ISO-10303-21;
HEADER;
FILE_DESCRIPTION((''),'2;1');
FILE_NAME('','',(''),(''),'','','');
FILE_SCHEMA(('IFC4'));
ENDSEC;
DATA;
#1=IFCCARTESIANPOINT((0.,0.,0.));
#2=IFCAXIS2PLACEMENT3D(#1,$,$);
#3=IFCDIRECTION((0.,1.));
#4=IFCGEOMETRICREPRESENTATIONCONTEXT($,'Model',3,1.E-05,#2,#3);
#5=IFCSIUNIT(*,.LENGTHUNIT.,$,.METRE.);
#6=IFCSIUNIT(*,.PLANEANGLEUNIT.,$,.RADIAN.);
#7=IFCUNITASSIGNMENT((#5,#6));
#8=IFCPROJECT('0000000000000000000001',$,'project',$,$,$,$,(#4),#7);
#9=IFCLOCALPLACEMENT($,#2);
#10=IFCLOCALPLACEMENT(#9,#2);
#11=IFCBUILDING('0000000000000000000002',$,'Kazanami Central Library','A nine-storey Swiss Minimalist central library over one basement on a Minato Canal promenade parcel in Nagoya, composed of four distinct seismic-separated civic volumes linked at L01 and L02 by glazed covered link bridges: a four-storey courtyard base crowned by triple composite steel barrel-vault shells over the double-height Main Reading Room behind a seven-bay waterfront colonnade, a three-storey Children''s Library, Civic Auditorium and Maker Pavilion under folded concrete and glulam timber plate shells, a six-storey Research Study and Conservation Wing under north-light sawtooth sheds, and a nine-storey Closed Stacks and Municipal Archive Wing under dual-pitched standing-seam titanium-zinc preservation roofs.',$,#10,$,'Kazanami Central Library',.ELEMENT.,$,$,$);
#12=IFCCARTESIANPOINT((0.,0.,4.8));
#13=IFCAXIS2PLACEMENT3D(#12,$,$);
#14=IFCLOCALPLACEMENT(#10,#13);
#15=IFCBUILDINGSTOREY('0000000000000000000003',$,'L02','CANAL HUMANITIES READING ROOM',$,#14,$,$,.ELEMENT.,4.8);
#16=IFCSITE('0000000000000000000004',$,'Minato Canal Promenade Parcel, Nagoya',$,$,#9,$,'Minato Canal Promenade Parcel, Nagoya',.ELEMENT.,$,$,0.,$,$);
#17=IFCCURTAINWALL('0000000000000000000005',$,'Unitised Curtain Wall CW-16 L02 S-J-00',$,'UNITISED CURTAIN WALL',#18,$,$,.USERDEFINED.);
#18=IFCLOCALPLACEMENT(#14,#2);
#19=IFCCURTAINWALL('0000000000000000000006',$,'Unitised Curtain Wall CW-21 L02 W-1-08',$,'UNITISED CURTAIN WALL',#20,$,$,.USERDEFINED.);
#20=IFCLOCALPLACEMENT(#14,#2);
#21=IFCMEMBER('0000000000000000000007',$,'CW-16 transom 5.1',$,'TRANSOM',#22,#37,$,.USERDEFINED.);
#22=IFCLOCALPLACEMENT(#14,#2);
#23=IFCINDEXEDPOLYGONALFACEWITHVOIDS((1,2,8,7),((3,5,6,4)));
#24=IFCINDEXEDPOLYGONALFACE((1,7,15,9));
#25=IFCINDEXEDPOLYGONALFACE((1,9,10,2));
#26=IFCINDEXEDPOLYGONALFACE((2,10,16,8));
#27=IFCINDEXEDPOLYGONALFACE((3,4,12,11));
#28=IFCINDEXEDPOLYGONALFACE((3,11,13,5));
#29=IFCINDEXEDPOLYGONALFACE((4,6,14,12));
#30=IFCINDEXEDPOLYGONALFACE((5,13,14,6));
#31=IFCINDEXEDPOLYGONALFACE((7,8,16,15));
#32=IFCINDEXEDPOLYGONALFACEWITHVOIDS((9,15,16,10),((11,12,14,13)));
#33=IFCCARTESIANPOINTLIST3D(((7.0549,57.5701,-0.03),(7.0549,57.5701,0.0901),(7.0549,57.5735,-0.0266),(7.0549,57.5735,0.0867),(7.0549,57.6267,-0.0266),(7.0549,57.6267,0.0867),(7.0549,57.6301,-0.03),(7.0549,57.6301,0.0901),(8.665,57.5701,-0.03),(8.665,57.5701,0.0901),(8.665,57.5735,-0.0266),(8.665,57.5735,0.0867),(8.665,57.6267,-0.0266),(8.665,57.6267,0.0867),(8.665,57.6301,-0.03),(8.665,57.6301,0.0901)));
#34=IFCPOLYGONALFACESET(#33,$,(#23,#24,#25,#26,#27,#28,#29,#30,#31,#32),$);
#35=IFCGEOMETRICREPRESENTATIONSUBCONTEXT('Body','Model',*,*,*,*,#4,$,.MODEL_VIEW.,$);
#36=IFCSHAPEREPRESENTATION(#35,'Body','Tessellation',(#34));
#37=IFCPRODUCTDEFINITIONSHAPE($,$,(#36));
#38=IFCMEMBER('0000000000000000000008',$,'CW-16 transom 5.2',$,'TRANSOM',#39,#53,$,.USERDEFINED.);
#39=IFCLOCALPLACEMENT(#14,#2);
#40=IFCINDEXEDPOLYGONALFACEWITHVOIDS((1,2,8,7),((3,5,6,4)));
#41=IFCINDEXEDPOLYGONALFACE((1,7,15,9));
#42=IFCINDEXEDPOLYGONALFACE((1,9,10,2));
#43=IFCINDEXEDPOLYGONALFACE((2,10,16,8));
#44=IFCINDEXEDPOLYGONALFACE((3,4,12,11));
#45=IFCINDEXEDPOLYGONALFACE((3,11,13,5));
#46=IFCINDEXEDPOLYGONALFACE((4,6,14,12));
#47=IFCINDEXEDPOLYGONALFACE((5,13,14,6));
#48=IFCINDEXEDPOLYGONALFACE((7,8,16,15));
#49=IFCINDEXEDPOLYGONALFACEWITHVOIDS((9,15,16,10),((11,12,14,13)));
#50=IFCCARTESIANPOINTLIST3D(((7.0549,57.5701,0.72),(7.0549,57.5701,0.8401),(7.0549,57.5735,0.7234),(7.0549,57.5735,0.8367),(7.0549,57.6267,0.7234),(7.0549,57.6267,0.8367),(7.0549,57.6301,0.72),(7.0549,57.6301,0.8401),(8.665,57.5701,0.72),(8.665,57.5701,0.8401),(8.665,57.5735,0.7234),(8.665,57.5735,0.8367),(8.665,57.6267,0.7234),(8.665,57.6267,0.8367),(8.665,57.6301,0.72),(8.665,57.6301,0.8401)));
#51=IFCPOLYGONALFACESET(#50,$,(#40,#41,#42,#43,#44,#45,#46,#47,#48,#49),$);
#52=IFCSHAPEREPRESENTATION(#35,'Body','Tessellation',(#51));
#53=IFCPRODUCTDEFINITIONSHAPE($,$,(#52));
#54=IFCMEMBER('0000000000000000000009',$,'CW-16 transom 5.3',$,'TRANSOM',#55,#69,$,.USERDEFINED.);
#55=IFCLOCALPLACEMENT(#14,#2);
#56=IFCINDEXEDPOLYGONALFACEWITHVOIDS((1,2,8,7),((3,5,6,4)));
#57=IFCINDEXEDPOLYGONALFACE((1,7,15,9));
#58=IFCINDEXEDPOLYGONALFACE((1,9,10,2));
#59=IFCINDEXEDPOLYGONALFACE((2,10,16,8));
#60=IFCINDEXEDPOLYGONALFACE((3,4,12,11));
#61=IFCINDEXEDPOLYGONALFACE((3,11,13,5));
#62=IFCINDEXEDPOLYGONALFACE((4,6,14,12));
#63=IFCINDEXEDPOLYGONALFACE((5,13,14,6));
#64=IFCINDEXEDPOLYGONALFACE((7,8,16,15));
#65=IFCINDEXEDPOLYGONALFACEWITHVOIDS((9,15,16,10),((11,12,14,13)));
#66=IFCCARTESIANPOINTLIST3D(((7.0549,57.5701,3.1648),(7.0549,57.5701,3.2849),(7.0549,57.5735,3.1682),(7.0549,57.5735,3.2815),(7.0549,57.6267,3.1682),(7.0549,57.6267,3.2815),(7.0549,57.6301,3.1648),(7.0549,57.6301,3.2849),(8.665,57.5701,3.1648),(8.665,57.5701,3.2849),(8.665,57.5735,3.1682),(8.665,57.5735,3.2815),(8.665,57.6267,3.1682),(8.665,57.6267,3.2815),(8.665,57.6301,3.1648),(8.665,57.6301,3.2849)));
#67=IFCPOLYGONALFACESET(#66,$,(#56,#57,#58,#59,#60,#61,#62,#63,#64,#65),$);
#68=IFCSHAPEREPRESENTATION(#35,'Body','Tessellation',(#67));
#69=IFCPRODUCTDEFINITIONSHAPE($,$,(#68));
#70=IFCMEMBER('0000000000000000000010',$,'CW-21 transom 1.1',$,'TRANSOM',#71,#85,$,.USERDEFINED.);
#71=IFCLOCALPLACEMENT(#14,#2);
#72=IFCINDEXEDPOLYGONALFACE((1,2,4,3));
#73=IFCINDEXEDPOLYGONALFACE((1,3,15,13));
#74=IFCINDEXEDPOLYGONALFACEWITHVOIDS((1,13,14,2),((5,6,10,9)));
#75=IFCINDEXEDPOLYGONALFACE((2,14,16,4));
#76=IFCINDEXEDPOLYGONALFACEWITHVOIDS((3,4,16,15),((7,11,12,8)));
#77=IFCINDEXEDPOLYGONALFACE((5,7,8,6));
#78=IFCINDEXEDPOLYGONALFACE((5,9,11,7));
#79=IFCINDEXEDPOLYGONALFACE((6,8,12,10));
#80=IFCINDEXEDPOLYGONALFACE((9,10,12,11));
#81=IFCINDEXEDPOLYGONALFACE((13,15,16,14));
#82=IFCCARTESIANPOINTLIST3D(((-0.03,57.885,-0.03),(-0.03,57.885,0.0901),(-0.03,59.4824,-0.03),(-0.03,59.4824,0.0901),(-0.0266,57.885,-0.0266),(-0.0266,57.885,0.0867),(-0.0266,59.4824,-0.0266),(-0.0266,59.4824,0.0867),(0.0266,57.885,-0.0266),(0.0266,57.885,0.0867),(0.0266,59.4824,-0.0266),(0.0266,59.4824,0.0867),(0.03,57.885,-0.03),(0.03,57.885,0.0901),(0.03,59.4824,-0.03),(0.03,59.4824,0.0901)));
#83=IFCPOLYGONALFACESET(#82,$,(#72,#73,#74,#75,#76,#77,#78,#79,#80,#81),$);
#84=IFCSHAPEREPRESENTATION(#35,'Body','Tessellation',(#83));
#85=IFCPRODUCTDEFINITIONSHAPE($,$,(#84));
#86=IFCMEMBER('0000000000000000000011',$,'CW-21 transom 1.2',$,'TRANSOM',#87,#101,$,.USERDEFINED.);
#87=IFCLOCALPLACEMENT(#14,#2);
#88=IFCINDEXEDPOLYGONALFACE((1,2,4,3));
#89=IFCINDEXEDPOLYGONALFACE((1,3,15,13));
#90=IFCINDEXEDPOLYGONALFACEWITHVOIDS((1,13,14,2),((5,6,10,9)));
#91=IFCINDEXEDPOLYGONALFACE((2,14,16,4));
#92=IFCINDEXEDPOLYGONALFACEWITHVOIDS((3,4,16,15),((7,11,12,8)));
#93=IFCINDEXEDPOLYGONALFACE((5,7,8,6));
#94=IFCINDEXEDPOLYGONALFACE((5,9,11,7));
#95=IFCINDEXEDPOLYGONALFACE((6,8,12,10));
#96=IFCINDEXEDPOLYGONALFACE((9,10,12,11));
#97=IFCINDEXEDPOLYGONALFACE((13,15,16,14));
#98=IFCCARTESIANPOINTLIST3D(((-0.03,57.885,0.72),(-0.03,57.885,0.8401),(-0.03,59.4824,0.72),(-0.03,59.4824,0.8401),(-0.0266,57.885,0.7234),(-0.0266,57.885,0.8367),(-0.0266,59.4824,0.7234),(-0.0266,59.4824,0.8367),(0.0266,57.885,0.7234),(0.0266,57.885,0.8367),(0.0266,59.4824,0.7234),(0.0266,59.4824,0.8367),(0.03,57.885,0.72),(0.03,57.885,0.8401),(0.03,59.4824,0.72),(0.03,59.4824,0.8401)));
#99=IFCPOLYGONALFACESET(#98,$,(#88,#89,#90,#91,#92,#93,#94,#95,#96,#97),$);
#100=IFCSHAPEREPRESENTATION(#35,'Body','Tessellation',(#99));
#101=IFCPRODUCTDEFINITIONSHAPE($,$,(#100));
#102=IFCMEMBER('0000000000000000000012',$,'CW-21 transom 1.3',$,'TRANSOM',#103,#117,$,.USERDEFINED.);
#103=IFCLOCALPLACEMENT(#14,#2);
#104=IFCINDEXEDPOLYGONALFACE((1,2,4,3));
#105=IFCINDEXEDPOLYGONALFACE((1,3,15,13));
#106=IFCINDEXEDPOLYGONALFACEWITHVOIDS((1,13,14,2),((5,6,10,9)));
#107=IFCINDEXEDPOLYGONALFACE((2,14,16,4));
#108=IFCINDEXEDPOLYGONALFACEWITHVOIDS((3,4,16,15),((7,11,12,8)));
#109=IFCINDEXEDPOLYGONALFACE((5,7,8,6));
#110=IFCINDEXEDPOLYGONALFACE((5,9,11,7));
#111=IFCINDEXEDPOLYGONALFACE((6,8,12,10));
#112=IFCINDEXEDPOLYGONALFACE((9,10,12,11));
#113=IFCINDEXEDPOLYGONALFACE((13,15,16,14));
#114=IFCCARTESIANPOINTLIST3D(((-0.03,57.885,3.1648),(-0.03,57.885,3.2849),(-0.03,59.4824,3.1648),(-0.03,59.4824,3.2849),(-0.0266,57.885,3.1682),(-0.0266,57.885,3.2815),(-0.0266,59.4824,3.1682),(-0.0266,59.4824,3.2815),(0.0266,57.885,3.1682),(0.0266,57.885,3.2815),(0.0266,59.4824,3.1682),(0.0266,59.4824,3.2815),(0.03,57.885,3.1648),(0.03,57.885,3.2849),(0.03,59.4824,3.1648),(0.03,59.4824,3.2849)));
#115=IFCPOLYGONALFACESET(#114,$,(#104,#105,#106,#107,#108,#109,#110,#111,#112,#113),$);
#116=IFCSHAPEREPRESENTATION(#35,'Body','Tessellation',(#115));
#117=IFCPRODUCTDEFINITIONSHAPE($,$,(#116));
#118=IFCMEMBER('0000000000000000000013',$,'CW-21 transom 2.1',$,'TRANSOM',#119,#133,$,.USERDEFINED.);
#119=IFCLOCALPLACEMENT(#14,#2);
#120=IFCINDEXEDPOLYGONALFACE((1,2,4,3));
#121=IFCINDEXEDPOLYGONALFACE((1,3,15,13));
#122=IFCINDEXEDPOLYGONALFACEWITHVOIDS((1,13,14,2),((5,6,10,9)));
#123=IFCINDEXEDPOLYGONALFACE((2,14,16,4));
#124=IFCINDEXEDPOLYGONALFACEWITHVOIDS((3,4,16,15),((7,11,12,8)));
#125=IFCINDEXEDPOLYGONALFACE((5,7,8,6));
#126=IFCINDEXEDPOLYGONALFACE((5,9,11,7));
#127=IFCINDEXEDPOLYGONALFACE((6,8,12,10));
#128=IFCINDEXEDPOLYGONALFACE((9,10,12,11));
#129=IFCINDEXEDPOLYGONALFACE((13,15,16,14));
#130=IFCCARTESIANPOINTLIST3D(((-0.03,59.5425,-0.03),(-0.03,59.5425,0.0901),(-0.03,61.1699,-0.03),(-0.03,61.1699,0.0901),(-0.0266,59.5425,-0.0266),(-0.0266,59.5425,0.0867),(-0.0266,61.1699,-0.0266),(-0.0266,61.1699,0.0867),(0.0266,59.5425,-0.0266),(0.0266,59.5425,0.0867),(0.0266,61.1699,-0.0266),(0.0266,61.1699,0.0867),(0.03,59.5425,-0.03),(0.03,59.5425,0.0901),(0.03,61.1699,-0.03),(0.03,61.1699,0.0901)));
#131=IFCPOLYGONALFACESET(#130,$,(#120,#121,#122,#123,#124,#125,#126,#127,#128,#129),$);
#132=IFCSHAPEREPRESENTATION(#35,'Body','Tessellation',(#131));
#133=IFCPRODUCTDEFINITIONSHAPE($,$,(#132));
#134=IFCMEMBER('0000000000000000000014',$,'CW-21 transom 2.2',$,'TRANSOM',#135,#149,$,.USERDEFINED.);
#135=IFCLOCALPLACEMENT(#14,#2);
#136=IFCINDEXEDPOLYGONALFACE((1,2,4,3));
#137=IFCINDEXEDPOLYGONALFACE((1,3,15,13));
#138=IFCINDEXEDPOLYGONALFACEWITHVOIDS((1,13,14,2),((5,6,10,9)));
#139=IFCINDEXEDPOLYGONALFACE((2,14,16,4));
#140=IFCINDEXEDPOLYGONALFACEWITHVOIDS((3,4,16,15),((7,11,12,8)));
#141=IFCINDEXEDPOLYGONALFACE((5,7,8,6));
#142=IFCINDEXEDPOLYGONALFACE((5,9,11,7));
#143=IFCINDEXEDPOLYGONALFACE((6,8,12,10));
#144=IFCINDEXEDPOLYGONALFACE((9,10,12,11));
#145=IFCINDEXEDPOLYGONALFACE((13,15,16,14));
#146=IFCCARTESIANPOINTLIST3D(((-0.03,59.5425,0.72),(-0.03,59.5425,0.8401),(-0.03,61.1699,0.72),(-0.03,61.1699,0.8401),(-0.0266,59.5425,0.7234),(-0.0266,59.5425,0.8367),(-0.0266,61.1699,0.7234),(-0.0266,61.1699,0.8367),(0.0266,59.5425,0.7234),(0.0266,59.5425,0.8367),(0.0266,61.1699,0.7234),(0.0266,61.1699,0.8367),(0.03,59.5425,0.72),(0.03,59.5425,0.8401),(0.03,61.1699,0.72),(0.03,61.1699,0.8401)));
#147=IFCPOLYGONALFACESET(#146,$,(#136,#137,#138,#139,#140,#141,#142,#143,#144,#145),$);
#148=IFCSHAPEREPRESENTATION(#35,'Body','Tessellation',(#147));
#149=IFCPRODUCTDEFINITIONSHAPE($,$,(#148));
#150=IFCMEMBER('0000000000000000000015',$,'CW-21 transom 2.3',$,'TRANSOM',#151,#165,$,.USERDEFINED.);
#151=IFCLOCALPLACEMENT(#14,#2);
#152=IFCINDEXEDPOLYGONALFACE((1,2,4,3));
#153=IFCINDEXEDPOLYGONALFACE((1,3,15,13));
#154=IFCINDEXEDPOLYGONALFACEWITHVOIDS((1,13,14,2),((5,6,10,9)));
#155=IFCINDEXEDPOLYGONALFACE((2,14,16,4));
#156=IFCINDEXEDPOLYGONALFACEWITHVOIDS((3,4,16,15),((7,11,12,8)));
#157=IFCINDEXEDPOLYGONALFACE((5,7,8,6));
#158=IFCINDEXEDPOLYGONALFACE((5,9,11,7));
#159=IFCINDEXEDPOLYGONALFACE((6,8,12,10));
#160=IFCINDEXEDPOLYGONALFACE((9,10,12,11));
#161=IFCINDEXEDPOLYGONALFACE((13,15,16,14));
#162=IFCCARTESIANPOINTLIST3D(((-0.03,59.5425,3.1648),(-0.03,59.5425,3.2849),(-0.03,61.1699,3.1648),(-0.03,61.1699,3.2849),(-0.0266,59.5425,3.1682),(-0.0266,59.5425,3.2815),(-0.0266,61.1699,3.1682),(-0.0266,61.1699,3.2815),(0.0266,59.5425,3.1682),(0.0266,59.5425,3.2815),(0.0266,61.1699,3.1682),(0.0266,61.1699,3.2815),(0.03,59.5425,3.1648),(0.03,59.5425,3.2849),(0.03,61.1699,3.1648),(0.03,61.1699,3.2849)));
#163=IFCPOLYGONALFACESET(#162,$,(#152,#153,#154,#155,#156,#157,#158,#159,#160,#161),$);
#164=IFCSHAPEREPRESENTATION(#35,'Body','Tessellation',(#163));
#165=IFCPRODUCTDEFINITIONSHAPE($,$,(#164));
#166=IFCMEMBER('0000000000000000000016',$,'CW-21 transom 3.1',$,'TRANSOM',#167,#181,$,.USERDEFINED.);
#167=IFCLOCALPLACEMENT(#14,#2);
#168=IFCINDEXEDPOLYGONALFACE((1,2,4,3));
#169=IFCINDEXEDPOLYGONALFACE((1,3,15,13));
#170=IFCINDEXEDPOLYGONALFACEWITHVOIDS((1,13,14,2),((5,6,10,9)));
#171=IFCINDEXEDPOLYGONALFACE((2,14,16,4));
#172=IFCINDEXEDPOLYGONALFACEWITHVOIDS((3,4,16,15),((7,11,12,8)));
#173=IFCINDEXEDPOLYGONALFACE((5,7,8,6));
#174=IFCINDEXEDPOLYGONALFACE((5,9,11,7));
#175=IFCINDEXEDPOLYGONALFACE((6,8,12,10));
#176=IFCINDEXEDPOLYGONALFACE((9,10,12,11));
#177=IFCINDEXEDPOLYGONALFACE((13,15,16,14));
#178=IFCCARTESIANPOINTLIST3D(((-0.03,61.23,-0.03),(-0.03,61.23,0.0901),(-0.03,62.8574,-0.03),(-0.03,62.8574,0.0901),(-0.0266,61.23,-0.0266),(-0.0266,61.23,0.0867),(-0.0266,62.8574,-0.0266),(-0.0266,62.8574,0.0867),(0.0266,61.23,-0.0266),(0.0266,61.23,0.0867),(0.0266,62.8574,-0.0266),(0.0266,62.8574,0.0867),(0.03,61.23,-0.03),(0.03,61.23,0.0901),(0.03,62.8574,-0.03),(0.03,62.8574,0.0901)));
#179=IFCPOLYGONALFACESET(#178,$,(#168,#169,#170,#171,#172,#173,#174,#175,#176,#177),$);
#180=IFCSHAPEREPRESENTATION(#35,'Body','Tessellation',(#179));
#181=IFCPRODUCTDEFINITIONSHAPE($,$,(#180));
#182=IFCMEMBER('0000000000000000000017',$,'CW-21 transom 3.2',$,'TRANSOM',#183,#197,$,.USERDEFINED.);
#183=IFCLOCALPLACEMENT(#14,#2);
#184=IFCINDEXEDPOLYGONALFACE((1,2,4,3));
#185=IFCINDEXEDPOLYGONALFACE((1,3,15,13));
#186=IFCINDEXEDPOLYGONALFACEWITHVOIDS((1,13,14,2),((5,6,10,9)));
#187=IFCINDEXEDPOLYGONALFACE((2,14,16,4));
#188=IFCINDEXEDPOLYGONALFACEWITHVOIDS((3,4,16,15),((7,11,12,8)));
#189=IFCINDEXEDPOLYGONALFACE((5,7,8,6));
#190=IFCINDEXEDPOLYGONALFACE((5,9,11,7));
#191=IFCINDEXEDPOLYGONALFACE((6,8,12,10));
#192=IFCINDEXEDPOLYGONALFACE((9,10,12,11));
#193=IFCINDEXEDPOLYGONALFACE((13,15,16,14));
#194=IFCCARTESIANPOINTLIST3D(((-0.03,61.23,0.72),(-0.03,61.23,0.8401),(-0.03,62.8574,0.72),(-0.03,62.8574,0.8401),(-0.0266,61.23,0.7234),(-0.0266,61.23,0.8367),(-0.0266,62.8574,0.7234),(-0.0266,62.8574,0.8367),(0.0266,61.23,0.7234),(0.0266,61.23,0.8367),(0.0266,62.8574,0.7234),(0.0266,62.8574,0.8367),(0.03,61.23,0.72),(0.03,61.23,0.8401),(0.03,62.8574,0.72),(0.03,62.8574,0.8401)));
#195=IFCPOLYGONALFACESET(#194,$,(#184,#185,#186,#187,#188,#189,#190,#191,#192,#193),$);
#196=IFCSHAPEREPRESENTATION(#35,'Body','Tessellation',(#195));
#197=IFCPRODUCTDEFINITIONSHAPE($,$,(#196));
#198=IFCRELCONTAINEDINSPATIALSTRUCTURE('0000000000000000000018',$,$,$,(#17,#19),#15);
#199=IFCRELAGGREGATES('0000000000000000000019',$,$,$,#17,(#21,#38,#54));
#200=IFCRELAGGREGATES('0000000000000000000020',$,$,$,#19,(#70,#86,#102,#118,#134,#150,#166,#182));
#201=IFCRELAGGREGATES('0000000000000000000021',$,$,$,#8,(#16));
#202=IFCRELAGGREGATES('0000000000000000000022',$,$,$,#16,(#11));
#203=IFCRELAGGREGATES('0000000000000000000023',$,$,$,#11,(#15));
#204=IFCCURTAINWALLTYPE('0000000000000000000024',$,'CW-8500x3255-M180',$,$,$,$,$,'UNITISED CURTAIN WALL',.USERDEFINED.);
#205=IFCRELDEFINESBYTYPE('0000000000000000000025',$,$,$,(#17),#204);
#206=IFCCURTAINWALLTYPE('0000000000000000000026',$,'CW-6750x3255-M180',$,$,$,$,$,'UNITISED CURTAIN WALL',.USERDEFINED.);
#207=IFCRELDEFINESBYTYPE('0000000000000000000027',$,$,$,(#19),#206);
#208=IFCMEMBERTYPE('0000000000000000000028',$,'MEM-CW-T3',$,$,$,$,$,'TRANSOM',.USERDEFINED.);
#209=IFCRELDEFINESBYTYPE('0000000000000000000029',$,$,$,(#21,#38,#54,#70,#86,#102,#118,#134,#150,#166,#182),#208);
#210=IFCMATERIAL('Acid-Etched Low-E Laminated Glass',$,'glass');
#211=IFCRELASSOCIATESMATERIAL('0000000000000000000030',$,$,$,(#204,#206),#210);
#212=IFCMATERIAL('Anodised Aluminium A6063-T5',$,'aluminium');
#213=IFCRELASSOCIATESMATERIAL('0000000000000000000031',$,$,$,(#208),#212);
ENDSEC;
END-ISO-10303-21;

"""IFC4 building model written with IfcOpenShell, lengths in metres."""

from ifc_helpers import new_model, si_unit, direction, frame, origin, origin_2d, place, context, subcontext, project, spatial, hollow_rectangle, extrude, material, material_profile, profile_set, type_object, element, aggregate, save


model = new_model("IFC4")

# Units and contexts
model_context = context("Model", 3, precision=1e-05, world=origin(), true_north=direction((0.0, 1.0)))
body_context = subcontext(model_context, "Body", "Model", "MODEL_VIEW")
ifc_project = project(units=[si_unit("LENGTHUNIT", "METRE"), si_unit("PLANEANGLEUNIT", "RADIAN")], contexts=[model_context])

# Site, building, storey
site_placement = place(None, origin())
site = spatial("IfcSite", under=ifc_project, at=site_placement, Name="Minato Canal Promenade Parcel, Nagoya", LongName="Minato Canal Promenade Parcel, Nagoya", CompositionType="ELEMENT", RefElevation=0.0)
building_placement = place(site_placement, origin())
building = spatial("IfcBuilding", under=site, at=building_placement, Name="Kazanami Central Library", Description="A nine-storey Swiss Minimalist central library over one basement on a Minato Canal promenade parcel in Nagoya, composed of four distinct seismic-separated civic volumes linked at L01 and L02 by glazed covered link bridges: a four-storey courtyard base crowned by triple composite steel barrel-vault shells over the double-height Main Reading Room behind a seven-bay waterfront colonnade, a three-storey Children's Library, Civic Auditorium and Maker Pavilion under folded concrete and glulam timber plate shells, a six-storey Research Study and Conservation Wing under north-light sawtooth sheds, and a nine-storey Closed Stacks and Municipal Archive Wing under dual-pitched standing-seam titanium-zinc preservation roofs.", LongName="Kazanami Central Library", CompositionType="ELEMENT")
storey_placement = place(building_placement, frame((0.0, 0.0, 4.8)))
storey = spatial("IfcBuildingStorey", under=building, at=storey_placement, Name="L02", Description="CANAL HUMANITIES READING ROOM", CompositionType="ELEMENT", Elevation=4.8)

# Curtain walls
ifc_material_1 = material(Name="Acid-Etched Low-E Laminated Glass", Category="glass")
curtain_wall_type_1 = type_object("IfcCurtainWallType", Name="CW-8500x3255-M180", ElementType="UNITISED CURTAIN WALL", PredefinedType="USERDEFINED", material=ifc_material_1)
curtain_wall_1_placement = place(storey_placement, origin())
curtain_wall_1 = element("IfcCurtainWall", 1, at=curtain_wall_1_placement, inside=storey, type_object=curtain_wall_type_1, Name="Unitised Curtain Wall CW-16 L02 S-J-00", ObjectType="UNITISED CURTAIN WALL", PredefinedType="USERDEFINED")
ifc_material_2 = material(Name="Anodised Aluminium A6063-T5", Category="aluminium")
curtain_wall_type_2 = type_object("IfcCurtainWallType", Name="CW-6750x3255-M180", ElementType="UNITISED CURTAIN WALL", PredefinedType="USERDEFINED", material=ifc_material_1)
curtain_wall_2_placement = place(storey_placement, origin())
curtain_wall_2 = element("IfcCurtainWall", 2, at=curtain_wall_2_placement, inside=storey, type_object=curtain_wall_type_2, Name="Unitised Curtain Wall CW-21 L02 W-1-08", ObjectType="UNITISED CURTAIN WALL", PredefinedType="USERDEFINED")

# Members
ifc_material_profile_1 = material_profile(ifc_material_2, hollow_rectangle(XDim=0.0601, YDim=0.1201, WallThickness=0.0034, at=origin_2d()), Name="ALU-TRAN-60x120x3.5")
ifc_profile_set_1 = profile_set([ifc_material_profile_1], Name="Anodised Aluminium A6063-T5")
member_type_1 = type_object("IfcMemberType", Name="MEM-CW-T3", ElementType="TRANSOM", PredefinedType="USERDEFINED", material=ifc_profile_set_1)
member_1_placement = place(storey_placement, frame((7.0549, 57.6001, 0.03), z_axis=(1.0, 0.0, 0.0), x_axis=(0.0, 1.0, 0.0)))
member_1 = element("IfcMember", 3, at=member_1_placement, type_object=member_type_1, Name="CW-16 transom 5.1", ObjectType="TRANSOM", PredefinedType="USERDEFINED", context=body_context, shape_type="SweptSolid", body=[
    extrude(hollow_rectangle(XDim=0.0601, YDim=0.1201, WallThickness=0.0034, at=origin_2d()), origin(), (0.0, 0.0, 1.0), 1.6101),
])
member_2_placement = place(storey_placement, frame((7.0549, 57.6001, 0.78), z_axis=(1.0, 0.0, 0.0), x_axis=(0.0, 1.0, 0.0)))
member_2 = element("IfcMember", 4, at=member_2_placement, type_object=member_type_1, Name="CW-16 transom 5.2", ObjectType="TRANSOM", PredefinedType="USERDEFINED", context=body_context, shape_type="SweptSolid", body=[
    extrude(hollow_rectangle(XDim=0.0601, YDim=0.1201, WallThickness=0.0034, at=origin_2d()), origin(), (0.0, 0.0, 1.0), 1.6101),
])
member_3_placement = place(storey_placement, frame((7.0549, 57.6001, 3.2249), z_axis=(1.0, 0.0, 0.0), x_axis=(0.0, 1.0, 0.0)))
member_3 = element("IfcMember", 5, at=member_3_placement, type_object=member_type_1, Name="CW-16 transom 5.3", ObjectType="TRANSOM", PredefinedType="USERDEFINED", context=body_context, shape_type="SweptSolid", body=[
    extrude(hollow_rectangle(XDim=0.0601, YDim=0.1201, WallThickness=0.0034, at=origin_2d()), origin(), (0.0, 0.0, 1.0), 1.6101),
])
member_4_placement = place(storey_placement, frame((0.0, 57.885, 0.03), z_axis=(0.0, 1.0, 0.0), x_axis=(-1.0, 0.0, 0.0)))
member_4 = element("IfcMember", 6, at=member_4_placement, type_object=member_type_1, Name="CW-21 transom 1.1", ObjectType="TRANSOM", PredefinedType="USERDEFINED", context=body_context, shape_type="SweptSolid", body=[
    extrude(hollow_rectangle(XDim=0.0601, YDim=0.1201, WallThickness=0.0034, at=origin_2d()), origin(), (0.0, 0.0, 1.0), 1.5974),
])
member_5_placement = place(storey_placement, frame((0.0, 57.885, 0.78), z_axis=(0.0, 1.0, 0.0), x_axis=(-1.0, 0.0, 0.0)))
member_5 = element("IfcMember", 7, at=member_5_placement, type_object=member_type_1, Name="CW-21 transom 1.2", ObjectType="TRANSOM", PredefinedType="USERDEFINED", context=body_context, shape_type="SweptSolid", body=[
    extrude(hollow_rectangle(XDim=0.0601, YDim=0.1201, WallThickness=0.0034, at=origin_2d()), origin(), (0.0, 0.0, 1.0), 1.5974),
])
member_6_placement = place(storey_placement, frame((0.0, 57.885, 3.2249), z_axis=(0.0, 1.0, 0.0), x_axis=(-1.0, 0.0, 0.0)))
member_6 = element("IfcMember", 8, at=member_6_placement, type_object=member_type_1, Name="CW-21 transom 1.3", ObjectType="TRANSOM", PredefinedType="USERDEFINED", context=body_context, shape_type="SweptSolid", body=[
    extrude(hollow_rectangle(XDim=0.0601, YDim=0.1201, WallThickness=0.0034, at=origin_2d()), origin(), (0.0, 0.0, 1.0), 1.5974),
])
member_7_placement = place(storey_placement, frame((0.0, 59.5425, 0.03), z_axis=(0.0, 1.0, 0.0), x_axis=(-1.0, 0.0, 0.0)))
member_7 = element("IfcMember", 9, at=member_7_placement, type_object=member_type_1, Name="CW-21 transom 2.1", ObjectType="TRANSOM", PredefinedType="USERDEFINED", context=body_context, shape_type="SweptSolid", body=[
    extrude(hollow_rectangle(XDim=0.0601, YDim=0.1201, WallThickness=0.0034, at=origin_2d()), origin(), (0.0, 0.0, 1.0), 1.6274),
])
member_8_placement = place(storey_placement, frame((0.0, 59.5425, 0.78), z_axis=(0.0, 1.0, 0.0), x_axis=(-1.0, 0.0, 0.0)))
member_8 = element("IfcMember", 10, at=member_8_placement, type_object=member_type_1, Name="CW-21 transom 2.2", ObjectType="TRANSOM", PredefinedType="USERDEFINED", context=body_context, shape_type="SweptSolid", body=[
    extrude(hollow_rectangle(XDim=0.0601, YDim=0.1201, WallThickness=0.0034, at=origin_2d()), origin(), (0.0, 0.0, 1.0), 1.6274),
])
member_9_placement = place(storey_placement, frame((0.0, 59.5425, 3.2249), z_axis=(0.0, 1.0, 0.0), x_axis=(-1.0, 0.0, 0.0)))
member_9 = element("IfcMember", 11, at=member_9_placement, type_object=member_type_1, Name="CW-21 transom 2.3", ObjectType="TRANSOM", PredefinedType="USERDEFINED", context=body_context, shape_type="SweptSolid", body=[
    extrude(hollow_rectangle(XDim=0.0601, YDim=0.1201, WallThickness=0.0034, at=origin_2d()), origin(), (0.0, 0.0, 1.0), 1.6274),
])
member_10_placement = place(storey_placement, frame((0.0, 61.23, 0.03), z_axis=(0.0, 1.0, 0.0), x_axis=(-1.0, 0.0, 0.0)))
member_10 = element("IfcMember", 12, at=member_10_placement, type_object=member_type_1, Name="CW-21 transom 3.1", ObjectType="TRANSOM", PredefinedType="USERDEFINED", context=body_context, shape_type="SweptSolid", body=[
    extrude(hollow_rectangle(XDim=0.0601, YDim=0.1201, WallThickness=0.0034, at=origin_2d()), origin(), (0.0, 0.0, 1.0), 1.6274),
])
member_11_placement = place(storey_placement, frame((0.0, 61.23, 0.78), z_axis=(0.0, 1.0, 0.0), x_axis=(-1.0, 0.0, 0.0)))
member_11 = element("IfcMember", 13, at=member_11_placement, type_object=member_type_1, Name="CW-21 transom 3.2", ObjectType="TRANSOM", PredefinedType="USERDEFINED", context=body_context, shape_type="SweptSolid", body=[
    extrude(hollow_rectangle(XDim=0.0601, YDim=0.1201, WallThickness=0.0034, at=origin_2d()), origin(), (0.0, 0.0, 1.0), 1.6274),
])

aggregate(curtain_wall_1, [member_1, member_2, member_3])
aggregate(curtain_wall_2, [member_4, member_5, member_6, member_7, member_8, member_9, member_10, member_11])

save(model, "model.ifc")
